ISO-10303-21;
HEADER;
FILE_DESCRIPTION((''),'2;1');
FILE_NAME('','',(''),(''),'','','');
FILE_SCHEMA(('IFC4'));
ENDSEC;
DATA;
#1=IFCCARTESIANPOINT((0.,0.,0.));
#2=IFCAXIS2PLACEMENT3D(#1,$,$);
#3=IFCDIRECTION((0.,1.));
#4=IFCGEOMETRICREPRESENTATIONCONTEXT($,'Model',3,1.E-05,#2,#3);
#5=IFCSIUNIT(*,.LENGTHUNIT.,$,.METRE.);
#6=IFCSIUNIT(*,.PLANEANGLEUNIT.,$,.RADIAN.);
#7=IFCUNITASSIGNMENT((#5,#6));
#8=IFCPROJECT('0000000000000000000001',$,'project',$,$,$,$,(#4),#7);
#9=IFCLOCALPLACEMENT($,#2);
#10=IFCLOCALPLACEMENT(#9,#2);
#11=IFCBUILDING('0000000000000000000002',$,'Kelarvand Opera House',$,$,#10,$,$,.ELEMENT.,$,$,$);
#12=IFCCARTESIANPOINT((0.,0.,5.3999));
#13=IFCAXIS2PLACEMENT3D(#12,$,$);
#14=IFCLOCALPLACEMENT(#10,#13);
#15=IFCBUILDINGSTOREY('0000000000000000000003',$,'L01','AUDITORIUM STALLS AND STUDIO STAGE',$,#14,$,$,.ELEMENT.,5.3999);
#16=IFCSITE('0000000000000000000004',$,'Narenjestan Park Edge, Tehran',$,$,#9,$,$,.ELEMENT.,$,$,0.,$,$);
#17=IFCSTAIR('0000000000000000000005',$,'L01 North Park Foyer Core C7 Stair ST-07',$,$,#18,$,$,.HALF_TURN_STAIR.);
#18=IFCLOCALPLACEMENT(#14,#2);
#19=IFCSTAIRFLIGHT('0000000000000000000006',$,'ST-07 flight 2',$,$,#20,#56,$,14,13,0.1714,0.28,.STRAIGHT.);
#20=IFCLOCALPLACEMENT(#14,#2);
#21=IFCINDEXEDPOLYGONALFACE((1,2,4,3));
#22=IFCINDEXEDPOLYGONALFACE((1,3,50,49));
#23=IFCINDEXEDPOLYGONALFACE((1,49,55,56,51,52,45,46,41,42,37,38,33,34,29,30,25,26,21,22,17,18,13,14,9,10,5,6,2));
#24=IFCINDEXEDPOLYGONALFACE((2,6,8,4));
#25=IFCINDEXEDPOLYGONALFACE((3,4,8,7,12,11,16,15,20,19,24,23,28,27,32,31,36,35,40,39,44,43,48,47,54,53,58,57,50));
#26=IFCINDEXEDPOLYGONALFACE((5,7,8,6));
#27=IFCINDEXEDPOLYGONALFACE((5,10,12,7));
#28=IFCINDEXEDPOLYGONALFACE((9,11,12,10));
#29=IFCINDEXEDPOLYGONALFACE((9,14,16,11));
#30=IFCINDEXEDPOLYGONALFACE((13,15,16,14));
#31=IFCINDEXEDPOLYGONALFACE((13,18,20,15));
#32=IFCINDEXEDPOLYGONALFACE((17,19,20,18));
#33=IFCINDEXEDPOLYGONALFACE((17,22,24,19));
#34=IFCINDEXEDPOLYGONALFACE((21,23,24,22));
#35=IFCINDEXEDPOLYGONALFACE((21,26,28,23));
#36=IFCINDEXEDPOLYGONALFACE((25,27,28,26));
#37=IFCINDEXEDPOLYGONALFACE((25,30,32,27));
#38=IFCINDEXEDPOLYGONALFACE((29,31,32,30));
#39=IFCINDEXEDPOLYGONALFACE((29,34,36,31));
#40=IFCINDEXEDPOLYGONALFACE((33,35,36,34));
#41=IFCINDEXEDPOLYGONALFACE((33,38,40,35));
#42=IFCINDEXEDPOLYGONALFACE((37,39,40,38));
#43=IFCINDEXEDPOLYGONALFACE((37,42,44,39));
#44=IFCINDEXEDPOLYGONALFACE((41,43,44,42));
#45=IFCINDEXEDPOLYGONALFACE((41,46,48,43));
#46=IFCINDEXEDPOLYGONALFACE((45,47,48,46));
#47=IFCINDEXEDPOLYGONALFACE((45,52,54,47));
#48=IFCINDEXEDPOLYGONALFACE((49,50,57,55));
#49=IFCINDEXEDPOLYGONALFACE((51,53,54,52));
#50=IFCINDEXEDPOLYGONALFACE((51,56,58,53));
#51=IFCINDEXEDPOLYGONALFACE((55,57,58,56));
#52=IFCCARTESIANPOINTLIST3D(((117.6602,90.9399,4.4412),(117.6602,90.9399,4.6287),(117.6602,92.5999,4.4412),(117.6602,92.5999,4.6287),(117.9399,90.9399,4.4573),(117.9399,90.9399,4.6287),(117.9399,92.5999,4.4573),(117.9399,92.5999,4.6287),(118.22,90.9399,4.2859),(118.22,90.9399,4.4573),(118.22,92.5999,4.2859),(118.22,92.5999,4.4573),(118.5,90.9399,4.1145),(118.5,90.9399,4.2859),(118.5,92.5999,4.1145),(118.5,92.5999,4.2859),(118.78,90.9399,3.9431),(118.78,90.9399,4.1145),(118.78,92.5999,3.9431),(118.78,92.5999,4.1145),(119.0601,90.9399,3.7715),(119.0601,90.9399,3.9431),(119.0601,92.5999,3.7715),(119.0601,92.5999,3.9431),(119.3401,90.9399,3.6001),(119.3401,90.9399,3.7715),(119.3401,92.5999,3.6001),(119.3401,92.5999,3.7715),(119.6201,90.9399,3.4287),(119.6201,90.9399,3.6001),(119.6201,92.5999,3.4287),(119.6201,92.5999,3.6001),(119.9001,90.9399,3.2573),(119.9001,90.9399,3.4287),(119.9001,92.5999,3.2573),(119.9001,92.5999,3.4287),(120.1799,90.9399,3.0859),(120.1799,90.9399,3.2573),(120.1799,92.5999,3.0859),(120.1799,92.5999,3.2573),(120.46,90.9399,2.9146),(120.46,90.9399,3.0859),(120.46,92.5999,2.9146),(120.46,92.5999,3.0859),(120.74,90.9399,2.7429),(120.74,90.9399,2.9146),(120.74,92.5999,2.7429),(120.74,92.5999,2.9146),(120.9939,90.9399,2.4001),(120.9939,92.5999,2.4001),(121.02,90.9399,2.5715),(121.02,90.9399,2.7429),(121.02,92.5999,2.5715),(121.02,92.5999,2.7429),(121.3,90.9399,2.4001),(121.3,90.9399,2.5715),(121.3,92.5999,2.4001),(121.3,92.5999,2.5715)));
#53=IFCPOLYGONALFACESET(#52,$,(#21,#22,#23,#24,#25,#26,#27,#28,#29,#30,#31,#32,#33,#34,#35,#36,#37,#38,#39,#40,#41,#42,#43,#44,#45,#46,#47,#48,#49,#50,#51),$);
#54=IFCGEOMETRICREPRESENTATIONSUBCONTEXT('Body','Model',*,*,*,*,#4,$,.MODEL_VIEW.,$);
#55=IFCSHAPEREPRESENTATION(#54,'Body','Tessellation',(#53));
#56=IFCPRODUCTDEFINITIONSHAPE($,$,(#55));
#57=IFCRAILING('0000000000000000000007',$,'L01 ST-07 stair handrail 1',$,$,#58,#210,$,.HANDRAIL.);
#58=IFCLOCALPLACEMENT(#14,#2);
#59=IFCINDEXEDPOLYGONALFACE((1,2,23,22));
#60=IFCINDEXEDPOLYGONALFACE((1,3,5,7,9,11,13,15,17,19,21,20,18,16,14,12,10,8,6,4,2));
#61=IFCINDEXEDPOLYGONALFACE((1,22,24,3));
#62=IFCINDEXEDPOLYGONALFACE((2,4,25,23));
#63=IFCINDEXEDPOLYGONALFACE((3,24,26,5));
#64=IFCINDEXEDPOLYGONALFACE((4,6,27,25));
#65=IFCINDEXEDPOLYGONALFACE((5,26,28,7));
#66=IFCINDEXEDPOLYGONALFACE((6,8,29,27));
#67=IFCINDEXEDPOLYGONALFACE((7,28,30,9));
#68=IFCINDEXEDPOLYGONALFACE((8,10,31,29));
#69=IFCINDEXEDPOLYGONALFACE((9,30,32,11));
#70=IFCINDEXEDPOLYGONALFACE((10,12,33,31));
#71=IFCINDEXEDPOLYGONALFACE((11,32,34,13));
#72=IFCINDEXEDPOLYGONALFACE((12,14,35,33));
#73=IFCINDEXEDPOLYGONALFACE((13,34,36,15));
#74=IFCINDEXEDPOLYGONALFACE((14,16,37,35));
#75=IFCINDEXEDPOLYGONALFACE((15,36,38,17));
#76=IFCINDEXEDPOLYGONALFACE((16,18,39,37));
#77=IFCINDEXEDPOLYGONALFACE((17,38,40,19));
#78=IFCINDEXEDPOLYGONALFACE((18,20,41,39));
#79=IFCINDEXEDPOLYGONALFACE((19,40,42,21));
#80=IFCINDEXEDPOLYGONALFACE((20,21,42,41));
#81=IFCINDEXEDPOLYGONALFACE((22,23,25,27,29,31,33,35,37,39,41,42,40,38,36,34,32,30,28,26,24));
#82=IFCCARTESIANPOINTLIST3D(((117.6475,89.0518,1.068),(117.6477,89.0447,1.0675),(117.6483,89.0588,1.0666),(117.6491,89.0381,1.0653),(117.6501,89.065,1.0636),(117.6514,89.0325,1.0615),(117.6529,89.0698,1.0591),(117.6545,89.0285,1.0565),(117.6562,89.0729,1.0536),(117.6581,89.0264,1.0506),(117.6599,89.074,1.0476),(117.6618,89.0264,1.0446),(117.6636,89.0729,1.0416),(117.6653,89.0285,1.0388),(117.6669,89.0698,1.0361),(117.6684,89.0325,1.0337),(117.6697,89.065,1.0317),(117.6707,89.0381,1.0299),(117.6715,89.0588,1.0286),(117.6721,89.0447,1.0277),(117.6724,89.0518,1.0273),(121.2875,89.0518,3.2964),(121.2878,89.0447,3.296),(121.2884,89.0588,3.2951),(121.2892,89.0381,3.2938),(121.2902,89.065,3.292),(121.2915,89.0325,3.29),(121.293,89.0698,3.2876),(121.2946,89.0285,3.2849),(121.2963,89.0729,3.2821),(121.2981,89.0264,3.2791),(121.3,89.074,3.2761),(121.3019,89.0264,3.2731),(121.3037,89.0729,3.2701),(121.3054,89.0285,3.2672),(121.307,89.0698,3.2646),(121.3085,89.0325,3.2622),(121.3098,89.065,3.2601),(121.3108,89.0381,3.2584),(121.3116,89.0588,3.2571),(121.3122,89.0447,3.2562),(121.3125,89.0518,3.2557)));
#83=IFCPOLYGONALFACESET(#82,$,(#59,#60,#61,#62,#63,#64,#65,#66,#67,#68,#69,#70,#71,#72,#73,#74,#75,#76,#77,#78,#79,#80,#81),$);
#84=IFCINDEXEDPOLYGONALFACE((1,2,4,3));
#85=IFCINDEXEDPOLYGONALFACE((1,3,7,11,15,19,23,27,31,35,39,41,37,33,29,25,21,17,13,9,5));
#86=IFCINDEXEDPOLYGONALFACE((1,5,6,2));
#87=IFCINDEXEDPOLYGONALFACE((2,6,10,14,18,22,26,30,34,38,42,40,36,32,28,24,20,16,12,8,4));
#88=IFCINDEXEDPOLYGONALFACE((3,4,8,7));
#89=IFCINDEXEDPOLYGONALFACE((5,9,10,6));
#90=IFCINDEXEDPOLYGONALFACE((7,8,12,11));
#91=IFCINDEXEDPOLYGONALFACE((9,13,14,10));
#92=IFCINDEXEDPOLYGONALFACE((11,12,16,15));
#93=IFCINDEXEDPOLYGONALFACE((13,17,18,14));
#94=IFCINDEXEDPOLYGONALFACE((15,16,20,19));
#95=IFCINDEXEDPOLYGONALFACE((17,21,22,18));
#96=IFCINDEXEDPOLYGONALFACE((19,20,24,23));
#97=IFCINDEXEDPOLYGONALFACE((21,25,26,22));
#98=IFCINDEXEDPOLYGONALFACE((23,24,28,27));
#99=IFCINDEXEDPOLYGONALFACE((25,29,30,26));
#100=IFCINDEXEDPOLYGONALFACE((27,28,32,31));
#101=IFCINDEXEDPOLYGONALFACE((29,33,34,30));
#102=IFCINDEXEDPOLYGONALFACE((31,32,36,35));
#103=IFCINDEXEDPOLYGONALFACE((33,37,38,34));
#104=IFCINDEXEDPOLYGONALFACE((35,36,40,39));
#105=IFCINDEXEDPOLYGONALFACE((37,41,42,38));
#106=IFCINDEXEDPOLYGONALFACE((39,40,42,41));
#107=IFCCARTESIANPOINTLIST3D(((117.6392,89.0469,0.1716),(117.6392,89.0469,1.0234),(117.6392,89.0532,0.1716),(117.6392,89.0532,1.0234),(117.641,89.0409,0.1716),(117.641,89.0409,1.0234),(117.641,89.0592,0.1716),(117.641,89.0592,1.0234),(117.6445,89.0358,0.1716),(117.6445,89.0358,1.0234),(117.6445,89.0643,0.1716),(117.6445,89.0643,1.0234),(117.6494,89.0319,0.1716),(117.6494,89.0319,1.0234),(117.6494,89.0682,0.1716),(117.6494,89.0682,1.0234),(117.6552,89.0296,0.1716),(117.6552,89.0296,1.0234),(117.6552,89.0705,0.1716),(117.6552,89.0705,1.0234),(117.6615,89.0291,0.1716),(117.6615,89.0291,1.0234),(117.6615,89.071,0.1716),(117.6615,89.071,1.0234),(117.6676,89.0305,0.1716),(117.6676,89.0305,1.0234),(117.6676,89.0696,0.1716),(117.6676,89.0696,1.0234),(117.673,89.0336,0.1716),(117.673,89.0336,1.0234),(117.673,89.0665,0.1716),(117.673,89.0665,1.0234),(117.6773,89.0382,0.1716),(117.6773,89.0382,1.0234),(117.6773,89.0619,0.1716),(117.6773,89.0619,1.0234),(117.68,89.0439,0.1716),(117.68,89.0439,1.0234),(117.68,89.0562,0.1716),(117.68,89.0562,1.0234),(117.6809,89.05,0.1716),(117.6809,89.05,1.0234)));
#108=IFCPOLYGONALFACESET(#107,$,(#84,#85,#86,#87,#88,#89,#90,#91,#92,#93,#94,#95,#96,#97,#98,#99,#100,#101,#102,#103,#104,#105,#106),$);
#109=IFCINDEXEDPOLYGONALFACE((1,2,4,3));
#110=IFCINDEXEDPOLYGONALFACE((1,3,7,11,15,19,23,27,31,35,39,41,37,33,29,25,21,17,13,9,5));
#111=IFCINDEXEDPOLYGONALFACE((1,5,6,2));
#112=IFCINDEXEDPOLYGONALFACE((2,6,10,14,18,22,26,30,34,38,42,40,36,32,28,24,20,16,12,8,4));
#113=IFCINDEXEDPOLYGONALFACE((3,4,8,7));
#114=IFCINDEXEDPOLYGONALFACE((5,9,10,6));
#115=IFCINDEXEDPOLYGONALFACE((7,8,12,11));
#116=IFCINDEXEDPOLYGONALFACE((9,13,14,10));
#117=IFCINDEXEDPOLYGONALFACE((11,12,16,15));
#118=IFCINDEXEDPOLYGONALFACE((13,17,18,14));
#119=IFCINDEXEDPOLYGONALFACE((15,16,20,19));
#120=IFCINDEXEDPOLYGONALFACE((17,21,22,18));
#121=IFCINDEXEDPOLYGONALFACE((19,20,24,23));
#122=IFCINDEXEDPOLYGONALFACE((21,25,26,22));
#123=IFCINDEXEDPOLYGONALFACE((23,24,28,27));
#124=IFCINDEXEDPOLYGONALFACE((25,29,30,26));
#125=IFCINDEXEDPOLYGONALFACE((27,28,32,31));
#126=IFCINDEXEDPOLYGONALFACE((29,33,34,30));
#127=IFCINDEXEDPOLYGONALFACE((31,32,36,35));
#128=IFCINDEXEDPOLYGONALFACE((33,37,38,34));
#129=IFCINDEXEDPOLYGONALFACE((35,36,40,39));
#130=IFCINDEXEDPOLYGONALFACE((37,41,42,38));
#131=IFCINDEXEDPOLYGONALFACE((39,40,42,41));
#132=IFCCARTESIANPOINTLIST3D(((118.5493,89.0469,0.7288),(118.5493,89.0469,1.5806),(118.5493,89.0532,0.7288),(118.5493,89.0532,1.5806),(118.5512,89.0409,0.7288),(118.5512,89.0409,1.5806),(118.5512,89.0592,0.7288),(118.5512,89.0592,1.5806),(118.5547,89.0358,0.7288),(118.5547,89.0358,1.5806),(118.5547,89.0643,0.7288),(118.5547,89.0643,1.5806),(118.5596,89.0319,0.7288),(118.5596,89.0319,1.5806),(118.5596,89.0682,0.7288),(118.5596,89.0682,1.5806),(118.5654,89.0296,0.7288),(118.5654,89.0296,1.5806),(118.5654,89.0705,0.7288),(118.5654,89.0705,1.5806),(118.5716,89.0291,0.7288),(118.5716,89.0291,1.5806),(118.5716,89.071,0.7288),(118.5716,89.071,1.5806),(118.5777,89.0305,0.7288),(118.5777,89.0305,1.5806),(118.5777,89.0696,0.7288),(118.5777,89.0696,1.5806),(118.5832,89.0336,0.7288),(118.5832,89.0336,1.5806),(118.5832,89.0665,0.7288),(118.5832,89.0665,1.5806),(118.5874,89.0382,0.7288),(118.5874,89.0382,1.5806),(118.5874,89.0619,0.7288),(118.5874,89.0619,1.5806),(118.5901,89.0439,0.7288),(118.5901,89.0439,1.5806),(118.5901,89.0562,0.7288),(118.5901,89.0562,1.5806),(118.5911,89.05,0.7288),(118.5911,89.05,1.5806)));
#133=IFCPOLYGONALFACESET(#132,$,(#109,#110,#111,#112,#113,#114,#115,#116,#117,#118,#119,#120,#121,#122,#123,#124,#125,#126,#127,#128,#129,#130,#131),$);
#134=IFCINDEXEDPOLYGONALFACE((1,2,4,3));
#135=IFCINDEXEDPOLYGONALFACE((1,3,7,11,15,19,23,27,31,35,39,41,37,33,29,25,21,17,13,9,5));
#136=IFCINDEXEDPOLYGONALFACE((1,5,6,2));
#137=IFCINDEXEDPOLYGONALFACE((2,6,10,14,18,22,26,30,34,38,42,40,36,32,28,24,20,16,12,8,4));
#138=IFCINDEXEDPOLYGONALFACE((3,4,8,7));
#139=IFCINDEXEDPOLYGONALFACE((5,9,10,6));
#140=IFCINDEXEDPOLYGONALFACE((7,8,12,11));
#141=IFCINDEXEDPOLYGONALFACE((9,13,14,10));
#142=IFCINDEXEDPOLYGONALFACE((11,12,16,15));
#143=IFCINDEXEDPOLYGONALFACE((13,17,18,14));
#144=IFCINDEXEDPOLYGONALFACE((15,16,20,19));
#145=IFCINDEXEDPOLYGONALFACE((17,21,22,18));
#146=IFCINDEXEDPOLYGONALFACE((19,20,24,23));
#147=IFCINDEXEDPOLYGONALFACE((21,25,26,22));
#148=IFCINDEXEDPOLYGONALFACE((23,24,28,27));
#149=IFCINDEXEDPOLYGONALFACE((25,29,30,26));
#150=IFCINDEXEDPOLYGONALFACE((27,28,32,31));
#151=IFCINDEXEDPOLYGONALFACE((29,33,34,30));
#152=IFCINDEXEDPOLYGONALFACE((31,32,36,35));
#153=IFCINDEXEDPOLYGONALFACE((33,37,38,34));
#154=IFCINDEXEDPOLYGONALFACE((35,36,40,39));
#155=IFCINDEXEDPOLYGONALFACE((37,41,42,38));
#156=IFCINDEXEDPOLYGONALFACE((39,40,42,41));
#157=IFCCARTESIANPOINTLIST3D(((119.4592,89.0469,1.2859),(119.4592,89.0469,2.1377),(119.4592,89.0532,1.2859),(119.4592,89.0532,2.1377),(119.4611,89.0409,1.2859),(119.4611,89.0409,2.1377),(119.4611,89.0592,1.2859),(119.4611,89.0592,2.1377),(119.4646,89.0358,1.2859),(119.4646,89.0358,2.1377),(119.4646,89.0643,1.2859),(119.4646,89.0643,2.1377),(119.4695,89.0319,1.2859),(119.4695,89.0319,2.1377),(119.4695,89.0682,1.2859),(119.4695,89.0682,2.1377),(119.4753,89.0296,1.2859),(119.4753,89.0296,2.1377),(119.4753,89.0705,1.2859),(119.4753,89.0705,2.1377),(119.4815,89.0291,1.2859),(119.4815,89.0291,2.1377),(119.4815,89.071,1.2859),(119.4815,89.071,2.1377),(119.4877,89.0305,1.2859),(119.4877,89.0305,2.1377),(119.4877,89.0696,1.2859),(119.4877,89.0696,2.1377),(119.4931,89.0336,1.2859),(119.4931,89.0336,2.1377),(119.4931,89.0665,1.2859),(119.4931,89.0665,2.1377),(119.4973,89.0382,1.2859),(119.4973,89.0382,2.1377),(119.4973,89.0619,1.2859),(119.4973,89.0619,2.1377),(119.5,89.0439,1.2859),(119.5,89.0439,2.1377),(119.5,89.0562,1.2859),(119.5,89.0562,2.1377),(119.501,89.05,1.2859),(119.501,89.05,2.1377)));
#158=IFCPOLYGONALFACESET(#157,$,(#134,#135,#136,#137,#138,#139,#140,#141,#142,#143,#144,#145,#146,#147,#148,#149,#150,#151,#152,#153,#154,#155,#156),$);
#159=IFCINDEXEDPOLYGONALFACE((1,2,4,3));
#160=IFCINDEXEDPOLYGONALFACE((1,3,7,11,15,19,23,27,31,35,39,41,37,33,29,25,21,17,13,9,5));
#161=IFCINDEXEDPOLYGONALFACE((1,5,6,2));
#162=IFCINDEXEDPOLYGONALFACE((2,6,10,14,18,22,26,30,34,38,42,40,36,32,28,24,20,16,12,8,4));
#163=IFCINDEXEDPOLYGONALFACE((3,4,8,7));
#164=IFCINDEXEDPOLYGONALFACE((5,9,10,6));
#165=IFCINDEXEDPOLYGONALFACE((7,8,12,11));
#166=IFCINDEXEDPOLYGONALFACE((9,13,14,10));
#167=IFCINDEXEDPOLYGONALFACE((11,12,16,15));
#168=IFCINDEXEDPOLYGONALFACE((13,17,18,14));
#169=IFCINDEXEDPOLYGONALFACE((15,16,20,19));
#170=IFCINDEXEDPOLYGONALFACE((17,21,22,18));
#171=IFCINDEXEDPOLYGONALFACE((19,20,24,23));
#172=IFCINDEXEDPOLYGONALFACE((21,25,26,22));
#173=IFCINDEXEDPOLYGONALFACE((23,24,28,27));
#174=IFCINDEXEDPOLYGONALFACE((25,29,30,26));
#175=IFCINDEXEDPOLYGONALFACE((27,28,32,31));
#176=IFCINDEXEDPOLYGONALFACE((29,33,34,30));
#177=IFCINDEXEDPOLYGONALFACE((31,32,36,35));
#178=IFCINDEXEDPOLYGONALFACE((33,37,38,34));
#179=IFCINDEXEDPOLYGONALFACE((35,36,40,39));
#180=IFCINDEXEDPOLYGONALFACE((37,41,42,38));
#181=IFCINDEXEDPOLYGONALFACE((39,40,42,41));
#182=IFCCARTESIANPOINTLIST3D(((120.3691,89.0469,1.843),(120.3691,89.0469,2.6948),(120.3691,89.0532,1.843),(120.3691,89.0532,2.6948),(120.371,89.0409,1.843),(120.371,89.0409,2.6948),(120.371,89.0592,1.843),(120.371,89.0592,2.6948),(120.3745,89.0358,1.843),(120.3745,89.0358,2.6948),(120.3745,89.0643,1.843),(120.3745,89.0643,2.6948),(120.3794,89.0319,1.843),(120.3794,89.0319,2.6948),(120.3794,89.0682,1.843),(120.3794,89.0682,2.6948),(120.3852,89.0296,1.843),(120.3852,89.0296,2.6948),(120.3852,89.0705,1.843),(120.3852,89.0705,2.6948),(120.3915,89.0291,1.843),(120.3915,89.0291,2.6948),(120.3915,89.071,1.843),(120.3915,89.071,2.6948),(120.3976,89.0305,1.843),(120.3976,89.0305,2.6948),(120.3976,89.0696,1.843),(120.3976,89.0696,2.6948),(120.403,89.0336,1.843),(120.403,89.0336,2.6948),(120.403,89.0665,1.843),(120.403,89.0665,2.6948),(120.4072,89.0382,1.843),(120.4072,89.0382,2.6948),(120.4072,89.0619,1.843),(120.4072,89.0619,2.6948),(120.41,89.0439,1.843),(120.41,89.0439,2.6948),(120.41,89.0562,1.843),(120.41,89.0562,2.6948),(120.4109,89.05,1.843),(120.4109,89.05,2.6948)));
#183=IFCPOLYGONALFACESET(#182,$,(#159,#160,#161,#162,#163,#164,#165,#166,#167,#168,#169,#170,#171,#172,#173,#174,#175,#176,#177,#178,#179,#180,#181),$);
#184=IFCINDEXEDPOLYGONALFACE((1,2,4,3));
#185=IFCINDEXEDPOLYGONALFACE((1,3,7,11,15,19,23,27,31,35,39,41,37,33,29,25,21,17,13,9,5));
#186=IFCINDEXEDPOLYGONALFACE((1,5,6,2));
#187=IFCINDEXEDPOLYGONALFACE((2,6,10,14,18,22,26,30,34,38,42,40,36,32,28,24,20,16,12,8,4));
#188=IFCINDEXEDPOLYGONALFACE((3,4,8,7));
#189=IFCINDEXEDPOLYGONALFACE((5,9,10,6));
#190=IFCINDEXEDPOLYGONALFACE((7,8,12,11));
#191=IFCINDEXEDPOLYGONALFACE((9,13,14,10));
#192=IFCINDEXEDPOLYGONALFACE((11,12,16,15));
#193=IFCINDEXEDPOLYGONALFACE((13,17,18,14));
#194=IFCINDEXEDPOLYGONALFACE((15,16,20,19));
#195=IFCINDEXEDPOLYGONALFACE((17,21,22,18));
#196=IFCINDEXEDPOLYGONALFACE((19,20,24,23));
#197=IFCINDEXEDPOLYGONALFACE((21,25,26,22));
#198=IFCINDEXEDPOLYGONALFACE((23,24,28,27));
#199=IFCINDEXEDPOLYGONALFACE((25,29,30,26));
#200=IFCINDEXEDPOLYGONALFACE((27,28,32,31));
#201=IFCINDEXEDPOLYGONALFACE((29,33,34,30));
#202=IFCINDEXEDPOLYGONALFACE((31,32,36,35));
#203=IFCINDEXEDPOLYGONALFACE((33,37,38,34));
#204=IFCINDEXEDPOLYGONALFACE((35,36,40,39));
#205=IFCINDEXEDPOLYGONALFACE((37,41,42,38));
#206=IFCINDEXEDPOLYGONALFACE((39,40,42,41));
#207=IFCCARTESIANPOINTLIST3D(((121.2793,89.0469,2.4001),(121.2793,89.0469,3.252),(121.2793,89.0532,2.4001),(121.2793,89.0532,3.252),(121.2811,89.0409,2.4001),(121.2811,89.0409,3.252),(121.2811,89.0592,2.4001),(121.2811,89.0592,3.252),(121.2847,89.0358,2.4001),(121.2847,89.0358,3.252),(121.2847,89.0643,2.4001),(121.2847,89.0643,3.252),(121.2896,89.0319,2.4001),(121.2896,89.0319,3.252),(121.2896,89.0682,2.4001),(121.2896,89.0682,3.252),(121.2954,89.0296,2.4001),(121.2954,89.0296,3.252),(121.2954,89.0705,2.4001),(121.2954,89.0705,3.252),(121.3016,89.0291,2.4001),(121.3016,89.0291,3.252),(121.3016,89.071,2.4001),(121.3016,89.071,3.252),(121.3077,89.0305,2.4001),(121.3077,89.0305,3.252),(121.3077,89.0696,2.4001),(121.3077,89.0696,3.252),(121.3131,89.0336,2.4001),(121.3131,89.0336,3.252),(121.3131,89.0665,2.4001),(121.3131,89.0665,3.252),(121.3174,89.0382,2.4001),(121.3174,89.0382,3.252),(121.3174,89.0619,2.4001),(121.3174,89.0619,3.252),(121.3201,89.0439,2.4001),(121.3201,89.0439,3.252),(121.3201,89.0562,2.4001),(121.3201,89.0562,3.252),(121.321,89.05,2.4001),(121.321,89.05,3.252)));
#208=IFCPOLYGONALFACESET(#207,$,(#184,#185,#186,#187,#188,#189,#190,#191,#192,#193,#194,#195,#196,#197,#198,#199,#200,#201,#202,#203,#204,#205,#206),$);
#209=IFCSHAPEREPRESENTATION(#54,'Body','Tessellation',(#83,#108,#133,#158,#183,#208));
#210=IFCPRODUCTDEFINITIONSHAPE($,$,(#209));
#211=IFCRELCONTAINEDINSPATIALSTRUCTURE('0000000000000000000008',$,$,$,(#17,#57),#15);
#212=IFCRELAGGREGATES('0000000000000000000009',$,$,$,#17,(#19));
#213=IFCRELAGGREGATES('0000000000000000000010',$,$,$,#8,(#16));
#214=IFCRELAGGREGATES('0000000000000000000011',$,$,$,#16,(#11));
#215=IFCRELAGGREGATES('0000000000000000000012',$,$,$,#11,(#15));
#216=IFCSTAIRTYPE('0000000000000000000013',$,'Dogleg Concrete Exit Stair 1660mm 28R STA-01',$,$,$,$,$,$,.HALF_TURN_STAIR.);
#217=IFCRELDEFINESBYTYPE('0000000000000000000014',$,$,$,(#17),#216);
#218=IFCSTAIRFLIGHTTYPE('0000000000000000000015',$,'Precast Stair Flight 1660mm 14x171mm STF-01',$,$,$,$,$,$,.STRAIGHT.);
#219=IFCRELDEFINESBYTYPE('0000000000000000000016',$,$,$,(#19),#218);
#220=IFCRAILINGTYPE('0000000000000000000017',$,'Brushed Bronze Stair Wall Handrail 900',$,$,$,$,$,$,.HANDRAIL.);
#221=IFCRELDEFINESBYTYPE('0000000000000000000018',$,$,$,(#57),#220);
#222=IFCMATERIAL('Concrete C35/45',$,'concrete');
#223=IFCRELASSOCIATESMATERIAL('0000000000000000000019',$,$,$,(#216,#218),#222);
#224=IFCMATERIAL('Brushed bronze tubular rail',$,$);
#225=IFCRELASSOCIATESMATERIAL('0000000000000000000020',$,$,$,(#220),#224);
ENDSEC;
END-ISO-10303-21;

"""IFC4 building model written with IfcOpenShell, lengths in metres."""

from ifc_helpers import new_model, si_unit, direction, frame, origin, origin_2d, place, context, subcontext, project, spatial, polyline, circle, outline, extrude, material, type_object, element, aggregate, save


model = new_model("IFC4")

# Units and contexts
model_context = context("Model", 3, precision=1e-05, world=origin(), true_north=direction((0.0, 1.0)))
body_context = subcontext(model_context, "Body", "Model", "MODEL_VIEW")
ifc_project = project(units=[si_unit("LENGTHUNIT", "METRE"), si_unit("PLANEANGLEUNIT", "RADIAN")], contexts=[model_context])

# Site, building, storey
site_placement = place(None, origin())
site = spatial("IfcSite", under=ifc_project, at=site_placement, Name="Narenjestan Park Edge, Tehran", CompositionType="ELEMENT", RefElevation=0.0)
building_placement = place(site_placement, origin())
building = spatial("IfcBuilding", under=site, at=building_placement, Name="Kelarvand Opera House", CompositionType="ELEMENT")
storey_placement = place(building_placement, frame((0.0, 0.0, 5.3999)))
storey = spatial("IfcBuildingStorey", under=building, at=storey_placement, Name="L01", Description="AUDITORIUM STALLS AND STUDIO STAGE", CompositionType="ELEMENT", Elevation=5.3999)

# Shared definitions
ifc_material_1 = material(Name="Concrete C35/45", Category="concrete")

# Stair, stair flight
stair_type = type_object("IfcStairType", Name="Dogleg Concrete Exit Stair 1660mm 28R STA-01", PredefinedType="HALF_TURN_STAIR", material=ifc_material_1)
stair_placement = place(storey_placement, origin())
stair = element("IfcStair", 1, at=stair_placement, inside=storey, type_object=stair_type, Name="L01 North Park Foyer Core C7 Stair ST-07", PredefinedType="HALF_TURN_STAIR")
stair_flight_type = type_object("IfcStairFlightType", Name="Precast Stair Flight 1660mm 14x171mm STF-01", PredefinedType="STRAIGHT", material=ifc_material_1)
stair_flight_1_placement = place(storey_placement, frame((121.3, 91.77, 2.4001), z_axis=(0.0, 0.0, 1.0), x_axis=(-1.0, 0.0, 0.0)))
stair_flight_1 = element("IfcStairFlight", 2, at=stair_flight_1_placement, type_object=stair_flight_type, Name="ST-07 flight 2", NumberOfRisers=14, NumberOfTreads=13, PredefinedType="STRAIGHT", RiserHeight=0.1714, TreadLength=0.28, context=body_context, shape_type="SweptSolid", body=[
    extrude(outline(polyline([(0.0, 0.0), (0.0, 0.1714), (0.28, 0.1714), (0.28, 0.3428), (0.5601, 0.3428), (0.5601, 0.5144), (0.8401, 0.5144), (0.8401, 0.6858), (1.1201, 0.6858), (1.1201, 0.8572), (1.3999, 0.8572), (1.3999, 1.0286), (1.6799, 1.0286), (1.6799, 1.2), (1.96, 1.2), (1.96, 1.3713), (2.24, 1.3713), (2.24, 1.543), (2.52, 1.543), (2.52, 1.7144), (2.8, 1.7144), (2.8, 1.8857), (3.0801, 1.8857), (3.0801, 2.0571), (3.3601, 2.0571), (3.3601, 2.2285), (3.6399, 2.2285), (3.6399, 2.3999), (3.6399, 2.041), (0.3062, 0.0), (0.0, 0.0)])), frame((0.0, 0.8301, 0.0), z_axis=(0.0, -1.0, 0.0), x_axis=(1.0, 0.0, 0.0)), (0.0, 0.0, 1.0), 1.6599),
])
aggregate(stair, [stair_flight_1])

# Railing
ifc_material_2 = material(Name="Brushed bronze tubular rail")
railing_type_1 = type_object("IfcRailingType", Name="Brushed Bronze Stair Wall Handrail 900", PredefinedType="HANDRAIL", material=ifc_material_2)
railing_1_placement = place(storey_placement, frame((117.6599, 89.05, 0.1716)))
element("IfcRailing", 3, at=railing_1_placement, inside=storey, type_object=railing_type_1, Name="L01 ST-07 stair handrail 1", PredefinedType="HANDRAIL", context=body_context, shape_type="SweptSolid", body=[
    extrude(circle(Radius=0.0239, at=origin_2d()), frame((0.0, 0.0, 0.876), z_axis=(0.852866, 0.0, 0.52213), x_axis=(0.0, 1.0, 0.0)), (0.0, 0.0, 1.0), 4.2681),
    extrude(circle(Radius=0.021, at=origin_2d()), origin(), (0.0, 0.0, 1.0), 0.8518),
    extrude(circle(Radius=0.021, at=origin_2d()), frame((0.9102, 0.0, 0.5571)), (0.0, 0.0, 1.0), 0.8518),
    extrude(circle(Radius=0.021, at=origin_2d()), frame((1.8201, 0.0, 1.1143)), (0.0, 0.0, 1.0), 0.8518),
    extrude(circle(Radius=0.021, at=origin_2d()), frame((2.73, 0.0, 1.6714)), (0.0, 0.0, 1.0), 0.8518),
    extrude(circle(Radius=0.021, at=origin_2d()), frame((3.6401, 0.0, 2.2285)), (0.0, 0.0, 1.0), 0.8518),
])

save(model, "model.ifc")
